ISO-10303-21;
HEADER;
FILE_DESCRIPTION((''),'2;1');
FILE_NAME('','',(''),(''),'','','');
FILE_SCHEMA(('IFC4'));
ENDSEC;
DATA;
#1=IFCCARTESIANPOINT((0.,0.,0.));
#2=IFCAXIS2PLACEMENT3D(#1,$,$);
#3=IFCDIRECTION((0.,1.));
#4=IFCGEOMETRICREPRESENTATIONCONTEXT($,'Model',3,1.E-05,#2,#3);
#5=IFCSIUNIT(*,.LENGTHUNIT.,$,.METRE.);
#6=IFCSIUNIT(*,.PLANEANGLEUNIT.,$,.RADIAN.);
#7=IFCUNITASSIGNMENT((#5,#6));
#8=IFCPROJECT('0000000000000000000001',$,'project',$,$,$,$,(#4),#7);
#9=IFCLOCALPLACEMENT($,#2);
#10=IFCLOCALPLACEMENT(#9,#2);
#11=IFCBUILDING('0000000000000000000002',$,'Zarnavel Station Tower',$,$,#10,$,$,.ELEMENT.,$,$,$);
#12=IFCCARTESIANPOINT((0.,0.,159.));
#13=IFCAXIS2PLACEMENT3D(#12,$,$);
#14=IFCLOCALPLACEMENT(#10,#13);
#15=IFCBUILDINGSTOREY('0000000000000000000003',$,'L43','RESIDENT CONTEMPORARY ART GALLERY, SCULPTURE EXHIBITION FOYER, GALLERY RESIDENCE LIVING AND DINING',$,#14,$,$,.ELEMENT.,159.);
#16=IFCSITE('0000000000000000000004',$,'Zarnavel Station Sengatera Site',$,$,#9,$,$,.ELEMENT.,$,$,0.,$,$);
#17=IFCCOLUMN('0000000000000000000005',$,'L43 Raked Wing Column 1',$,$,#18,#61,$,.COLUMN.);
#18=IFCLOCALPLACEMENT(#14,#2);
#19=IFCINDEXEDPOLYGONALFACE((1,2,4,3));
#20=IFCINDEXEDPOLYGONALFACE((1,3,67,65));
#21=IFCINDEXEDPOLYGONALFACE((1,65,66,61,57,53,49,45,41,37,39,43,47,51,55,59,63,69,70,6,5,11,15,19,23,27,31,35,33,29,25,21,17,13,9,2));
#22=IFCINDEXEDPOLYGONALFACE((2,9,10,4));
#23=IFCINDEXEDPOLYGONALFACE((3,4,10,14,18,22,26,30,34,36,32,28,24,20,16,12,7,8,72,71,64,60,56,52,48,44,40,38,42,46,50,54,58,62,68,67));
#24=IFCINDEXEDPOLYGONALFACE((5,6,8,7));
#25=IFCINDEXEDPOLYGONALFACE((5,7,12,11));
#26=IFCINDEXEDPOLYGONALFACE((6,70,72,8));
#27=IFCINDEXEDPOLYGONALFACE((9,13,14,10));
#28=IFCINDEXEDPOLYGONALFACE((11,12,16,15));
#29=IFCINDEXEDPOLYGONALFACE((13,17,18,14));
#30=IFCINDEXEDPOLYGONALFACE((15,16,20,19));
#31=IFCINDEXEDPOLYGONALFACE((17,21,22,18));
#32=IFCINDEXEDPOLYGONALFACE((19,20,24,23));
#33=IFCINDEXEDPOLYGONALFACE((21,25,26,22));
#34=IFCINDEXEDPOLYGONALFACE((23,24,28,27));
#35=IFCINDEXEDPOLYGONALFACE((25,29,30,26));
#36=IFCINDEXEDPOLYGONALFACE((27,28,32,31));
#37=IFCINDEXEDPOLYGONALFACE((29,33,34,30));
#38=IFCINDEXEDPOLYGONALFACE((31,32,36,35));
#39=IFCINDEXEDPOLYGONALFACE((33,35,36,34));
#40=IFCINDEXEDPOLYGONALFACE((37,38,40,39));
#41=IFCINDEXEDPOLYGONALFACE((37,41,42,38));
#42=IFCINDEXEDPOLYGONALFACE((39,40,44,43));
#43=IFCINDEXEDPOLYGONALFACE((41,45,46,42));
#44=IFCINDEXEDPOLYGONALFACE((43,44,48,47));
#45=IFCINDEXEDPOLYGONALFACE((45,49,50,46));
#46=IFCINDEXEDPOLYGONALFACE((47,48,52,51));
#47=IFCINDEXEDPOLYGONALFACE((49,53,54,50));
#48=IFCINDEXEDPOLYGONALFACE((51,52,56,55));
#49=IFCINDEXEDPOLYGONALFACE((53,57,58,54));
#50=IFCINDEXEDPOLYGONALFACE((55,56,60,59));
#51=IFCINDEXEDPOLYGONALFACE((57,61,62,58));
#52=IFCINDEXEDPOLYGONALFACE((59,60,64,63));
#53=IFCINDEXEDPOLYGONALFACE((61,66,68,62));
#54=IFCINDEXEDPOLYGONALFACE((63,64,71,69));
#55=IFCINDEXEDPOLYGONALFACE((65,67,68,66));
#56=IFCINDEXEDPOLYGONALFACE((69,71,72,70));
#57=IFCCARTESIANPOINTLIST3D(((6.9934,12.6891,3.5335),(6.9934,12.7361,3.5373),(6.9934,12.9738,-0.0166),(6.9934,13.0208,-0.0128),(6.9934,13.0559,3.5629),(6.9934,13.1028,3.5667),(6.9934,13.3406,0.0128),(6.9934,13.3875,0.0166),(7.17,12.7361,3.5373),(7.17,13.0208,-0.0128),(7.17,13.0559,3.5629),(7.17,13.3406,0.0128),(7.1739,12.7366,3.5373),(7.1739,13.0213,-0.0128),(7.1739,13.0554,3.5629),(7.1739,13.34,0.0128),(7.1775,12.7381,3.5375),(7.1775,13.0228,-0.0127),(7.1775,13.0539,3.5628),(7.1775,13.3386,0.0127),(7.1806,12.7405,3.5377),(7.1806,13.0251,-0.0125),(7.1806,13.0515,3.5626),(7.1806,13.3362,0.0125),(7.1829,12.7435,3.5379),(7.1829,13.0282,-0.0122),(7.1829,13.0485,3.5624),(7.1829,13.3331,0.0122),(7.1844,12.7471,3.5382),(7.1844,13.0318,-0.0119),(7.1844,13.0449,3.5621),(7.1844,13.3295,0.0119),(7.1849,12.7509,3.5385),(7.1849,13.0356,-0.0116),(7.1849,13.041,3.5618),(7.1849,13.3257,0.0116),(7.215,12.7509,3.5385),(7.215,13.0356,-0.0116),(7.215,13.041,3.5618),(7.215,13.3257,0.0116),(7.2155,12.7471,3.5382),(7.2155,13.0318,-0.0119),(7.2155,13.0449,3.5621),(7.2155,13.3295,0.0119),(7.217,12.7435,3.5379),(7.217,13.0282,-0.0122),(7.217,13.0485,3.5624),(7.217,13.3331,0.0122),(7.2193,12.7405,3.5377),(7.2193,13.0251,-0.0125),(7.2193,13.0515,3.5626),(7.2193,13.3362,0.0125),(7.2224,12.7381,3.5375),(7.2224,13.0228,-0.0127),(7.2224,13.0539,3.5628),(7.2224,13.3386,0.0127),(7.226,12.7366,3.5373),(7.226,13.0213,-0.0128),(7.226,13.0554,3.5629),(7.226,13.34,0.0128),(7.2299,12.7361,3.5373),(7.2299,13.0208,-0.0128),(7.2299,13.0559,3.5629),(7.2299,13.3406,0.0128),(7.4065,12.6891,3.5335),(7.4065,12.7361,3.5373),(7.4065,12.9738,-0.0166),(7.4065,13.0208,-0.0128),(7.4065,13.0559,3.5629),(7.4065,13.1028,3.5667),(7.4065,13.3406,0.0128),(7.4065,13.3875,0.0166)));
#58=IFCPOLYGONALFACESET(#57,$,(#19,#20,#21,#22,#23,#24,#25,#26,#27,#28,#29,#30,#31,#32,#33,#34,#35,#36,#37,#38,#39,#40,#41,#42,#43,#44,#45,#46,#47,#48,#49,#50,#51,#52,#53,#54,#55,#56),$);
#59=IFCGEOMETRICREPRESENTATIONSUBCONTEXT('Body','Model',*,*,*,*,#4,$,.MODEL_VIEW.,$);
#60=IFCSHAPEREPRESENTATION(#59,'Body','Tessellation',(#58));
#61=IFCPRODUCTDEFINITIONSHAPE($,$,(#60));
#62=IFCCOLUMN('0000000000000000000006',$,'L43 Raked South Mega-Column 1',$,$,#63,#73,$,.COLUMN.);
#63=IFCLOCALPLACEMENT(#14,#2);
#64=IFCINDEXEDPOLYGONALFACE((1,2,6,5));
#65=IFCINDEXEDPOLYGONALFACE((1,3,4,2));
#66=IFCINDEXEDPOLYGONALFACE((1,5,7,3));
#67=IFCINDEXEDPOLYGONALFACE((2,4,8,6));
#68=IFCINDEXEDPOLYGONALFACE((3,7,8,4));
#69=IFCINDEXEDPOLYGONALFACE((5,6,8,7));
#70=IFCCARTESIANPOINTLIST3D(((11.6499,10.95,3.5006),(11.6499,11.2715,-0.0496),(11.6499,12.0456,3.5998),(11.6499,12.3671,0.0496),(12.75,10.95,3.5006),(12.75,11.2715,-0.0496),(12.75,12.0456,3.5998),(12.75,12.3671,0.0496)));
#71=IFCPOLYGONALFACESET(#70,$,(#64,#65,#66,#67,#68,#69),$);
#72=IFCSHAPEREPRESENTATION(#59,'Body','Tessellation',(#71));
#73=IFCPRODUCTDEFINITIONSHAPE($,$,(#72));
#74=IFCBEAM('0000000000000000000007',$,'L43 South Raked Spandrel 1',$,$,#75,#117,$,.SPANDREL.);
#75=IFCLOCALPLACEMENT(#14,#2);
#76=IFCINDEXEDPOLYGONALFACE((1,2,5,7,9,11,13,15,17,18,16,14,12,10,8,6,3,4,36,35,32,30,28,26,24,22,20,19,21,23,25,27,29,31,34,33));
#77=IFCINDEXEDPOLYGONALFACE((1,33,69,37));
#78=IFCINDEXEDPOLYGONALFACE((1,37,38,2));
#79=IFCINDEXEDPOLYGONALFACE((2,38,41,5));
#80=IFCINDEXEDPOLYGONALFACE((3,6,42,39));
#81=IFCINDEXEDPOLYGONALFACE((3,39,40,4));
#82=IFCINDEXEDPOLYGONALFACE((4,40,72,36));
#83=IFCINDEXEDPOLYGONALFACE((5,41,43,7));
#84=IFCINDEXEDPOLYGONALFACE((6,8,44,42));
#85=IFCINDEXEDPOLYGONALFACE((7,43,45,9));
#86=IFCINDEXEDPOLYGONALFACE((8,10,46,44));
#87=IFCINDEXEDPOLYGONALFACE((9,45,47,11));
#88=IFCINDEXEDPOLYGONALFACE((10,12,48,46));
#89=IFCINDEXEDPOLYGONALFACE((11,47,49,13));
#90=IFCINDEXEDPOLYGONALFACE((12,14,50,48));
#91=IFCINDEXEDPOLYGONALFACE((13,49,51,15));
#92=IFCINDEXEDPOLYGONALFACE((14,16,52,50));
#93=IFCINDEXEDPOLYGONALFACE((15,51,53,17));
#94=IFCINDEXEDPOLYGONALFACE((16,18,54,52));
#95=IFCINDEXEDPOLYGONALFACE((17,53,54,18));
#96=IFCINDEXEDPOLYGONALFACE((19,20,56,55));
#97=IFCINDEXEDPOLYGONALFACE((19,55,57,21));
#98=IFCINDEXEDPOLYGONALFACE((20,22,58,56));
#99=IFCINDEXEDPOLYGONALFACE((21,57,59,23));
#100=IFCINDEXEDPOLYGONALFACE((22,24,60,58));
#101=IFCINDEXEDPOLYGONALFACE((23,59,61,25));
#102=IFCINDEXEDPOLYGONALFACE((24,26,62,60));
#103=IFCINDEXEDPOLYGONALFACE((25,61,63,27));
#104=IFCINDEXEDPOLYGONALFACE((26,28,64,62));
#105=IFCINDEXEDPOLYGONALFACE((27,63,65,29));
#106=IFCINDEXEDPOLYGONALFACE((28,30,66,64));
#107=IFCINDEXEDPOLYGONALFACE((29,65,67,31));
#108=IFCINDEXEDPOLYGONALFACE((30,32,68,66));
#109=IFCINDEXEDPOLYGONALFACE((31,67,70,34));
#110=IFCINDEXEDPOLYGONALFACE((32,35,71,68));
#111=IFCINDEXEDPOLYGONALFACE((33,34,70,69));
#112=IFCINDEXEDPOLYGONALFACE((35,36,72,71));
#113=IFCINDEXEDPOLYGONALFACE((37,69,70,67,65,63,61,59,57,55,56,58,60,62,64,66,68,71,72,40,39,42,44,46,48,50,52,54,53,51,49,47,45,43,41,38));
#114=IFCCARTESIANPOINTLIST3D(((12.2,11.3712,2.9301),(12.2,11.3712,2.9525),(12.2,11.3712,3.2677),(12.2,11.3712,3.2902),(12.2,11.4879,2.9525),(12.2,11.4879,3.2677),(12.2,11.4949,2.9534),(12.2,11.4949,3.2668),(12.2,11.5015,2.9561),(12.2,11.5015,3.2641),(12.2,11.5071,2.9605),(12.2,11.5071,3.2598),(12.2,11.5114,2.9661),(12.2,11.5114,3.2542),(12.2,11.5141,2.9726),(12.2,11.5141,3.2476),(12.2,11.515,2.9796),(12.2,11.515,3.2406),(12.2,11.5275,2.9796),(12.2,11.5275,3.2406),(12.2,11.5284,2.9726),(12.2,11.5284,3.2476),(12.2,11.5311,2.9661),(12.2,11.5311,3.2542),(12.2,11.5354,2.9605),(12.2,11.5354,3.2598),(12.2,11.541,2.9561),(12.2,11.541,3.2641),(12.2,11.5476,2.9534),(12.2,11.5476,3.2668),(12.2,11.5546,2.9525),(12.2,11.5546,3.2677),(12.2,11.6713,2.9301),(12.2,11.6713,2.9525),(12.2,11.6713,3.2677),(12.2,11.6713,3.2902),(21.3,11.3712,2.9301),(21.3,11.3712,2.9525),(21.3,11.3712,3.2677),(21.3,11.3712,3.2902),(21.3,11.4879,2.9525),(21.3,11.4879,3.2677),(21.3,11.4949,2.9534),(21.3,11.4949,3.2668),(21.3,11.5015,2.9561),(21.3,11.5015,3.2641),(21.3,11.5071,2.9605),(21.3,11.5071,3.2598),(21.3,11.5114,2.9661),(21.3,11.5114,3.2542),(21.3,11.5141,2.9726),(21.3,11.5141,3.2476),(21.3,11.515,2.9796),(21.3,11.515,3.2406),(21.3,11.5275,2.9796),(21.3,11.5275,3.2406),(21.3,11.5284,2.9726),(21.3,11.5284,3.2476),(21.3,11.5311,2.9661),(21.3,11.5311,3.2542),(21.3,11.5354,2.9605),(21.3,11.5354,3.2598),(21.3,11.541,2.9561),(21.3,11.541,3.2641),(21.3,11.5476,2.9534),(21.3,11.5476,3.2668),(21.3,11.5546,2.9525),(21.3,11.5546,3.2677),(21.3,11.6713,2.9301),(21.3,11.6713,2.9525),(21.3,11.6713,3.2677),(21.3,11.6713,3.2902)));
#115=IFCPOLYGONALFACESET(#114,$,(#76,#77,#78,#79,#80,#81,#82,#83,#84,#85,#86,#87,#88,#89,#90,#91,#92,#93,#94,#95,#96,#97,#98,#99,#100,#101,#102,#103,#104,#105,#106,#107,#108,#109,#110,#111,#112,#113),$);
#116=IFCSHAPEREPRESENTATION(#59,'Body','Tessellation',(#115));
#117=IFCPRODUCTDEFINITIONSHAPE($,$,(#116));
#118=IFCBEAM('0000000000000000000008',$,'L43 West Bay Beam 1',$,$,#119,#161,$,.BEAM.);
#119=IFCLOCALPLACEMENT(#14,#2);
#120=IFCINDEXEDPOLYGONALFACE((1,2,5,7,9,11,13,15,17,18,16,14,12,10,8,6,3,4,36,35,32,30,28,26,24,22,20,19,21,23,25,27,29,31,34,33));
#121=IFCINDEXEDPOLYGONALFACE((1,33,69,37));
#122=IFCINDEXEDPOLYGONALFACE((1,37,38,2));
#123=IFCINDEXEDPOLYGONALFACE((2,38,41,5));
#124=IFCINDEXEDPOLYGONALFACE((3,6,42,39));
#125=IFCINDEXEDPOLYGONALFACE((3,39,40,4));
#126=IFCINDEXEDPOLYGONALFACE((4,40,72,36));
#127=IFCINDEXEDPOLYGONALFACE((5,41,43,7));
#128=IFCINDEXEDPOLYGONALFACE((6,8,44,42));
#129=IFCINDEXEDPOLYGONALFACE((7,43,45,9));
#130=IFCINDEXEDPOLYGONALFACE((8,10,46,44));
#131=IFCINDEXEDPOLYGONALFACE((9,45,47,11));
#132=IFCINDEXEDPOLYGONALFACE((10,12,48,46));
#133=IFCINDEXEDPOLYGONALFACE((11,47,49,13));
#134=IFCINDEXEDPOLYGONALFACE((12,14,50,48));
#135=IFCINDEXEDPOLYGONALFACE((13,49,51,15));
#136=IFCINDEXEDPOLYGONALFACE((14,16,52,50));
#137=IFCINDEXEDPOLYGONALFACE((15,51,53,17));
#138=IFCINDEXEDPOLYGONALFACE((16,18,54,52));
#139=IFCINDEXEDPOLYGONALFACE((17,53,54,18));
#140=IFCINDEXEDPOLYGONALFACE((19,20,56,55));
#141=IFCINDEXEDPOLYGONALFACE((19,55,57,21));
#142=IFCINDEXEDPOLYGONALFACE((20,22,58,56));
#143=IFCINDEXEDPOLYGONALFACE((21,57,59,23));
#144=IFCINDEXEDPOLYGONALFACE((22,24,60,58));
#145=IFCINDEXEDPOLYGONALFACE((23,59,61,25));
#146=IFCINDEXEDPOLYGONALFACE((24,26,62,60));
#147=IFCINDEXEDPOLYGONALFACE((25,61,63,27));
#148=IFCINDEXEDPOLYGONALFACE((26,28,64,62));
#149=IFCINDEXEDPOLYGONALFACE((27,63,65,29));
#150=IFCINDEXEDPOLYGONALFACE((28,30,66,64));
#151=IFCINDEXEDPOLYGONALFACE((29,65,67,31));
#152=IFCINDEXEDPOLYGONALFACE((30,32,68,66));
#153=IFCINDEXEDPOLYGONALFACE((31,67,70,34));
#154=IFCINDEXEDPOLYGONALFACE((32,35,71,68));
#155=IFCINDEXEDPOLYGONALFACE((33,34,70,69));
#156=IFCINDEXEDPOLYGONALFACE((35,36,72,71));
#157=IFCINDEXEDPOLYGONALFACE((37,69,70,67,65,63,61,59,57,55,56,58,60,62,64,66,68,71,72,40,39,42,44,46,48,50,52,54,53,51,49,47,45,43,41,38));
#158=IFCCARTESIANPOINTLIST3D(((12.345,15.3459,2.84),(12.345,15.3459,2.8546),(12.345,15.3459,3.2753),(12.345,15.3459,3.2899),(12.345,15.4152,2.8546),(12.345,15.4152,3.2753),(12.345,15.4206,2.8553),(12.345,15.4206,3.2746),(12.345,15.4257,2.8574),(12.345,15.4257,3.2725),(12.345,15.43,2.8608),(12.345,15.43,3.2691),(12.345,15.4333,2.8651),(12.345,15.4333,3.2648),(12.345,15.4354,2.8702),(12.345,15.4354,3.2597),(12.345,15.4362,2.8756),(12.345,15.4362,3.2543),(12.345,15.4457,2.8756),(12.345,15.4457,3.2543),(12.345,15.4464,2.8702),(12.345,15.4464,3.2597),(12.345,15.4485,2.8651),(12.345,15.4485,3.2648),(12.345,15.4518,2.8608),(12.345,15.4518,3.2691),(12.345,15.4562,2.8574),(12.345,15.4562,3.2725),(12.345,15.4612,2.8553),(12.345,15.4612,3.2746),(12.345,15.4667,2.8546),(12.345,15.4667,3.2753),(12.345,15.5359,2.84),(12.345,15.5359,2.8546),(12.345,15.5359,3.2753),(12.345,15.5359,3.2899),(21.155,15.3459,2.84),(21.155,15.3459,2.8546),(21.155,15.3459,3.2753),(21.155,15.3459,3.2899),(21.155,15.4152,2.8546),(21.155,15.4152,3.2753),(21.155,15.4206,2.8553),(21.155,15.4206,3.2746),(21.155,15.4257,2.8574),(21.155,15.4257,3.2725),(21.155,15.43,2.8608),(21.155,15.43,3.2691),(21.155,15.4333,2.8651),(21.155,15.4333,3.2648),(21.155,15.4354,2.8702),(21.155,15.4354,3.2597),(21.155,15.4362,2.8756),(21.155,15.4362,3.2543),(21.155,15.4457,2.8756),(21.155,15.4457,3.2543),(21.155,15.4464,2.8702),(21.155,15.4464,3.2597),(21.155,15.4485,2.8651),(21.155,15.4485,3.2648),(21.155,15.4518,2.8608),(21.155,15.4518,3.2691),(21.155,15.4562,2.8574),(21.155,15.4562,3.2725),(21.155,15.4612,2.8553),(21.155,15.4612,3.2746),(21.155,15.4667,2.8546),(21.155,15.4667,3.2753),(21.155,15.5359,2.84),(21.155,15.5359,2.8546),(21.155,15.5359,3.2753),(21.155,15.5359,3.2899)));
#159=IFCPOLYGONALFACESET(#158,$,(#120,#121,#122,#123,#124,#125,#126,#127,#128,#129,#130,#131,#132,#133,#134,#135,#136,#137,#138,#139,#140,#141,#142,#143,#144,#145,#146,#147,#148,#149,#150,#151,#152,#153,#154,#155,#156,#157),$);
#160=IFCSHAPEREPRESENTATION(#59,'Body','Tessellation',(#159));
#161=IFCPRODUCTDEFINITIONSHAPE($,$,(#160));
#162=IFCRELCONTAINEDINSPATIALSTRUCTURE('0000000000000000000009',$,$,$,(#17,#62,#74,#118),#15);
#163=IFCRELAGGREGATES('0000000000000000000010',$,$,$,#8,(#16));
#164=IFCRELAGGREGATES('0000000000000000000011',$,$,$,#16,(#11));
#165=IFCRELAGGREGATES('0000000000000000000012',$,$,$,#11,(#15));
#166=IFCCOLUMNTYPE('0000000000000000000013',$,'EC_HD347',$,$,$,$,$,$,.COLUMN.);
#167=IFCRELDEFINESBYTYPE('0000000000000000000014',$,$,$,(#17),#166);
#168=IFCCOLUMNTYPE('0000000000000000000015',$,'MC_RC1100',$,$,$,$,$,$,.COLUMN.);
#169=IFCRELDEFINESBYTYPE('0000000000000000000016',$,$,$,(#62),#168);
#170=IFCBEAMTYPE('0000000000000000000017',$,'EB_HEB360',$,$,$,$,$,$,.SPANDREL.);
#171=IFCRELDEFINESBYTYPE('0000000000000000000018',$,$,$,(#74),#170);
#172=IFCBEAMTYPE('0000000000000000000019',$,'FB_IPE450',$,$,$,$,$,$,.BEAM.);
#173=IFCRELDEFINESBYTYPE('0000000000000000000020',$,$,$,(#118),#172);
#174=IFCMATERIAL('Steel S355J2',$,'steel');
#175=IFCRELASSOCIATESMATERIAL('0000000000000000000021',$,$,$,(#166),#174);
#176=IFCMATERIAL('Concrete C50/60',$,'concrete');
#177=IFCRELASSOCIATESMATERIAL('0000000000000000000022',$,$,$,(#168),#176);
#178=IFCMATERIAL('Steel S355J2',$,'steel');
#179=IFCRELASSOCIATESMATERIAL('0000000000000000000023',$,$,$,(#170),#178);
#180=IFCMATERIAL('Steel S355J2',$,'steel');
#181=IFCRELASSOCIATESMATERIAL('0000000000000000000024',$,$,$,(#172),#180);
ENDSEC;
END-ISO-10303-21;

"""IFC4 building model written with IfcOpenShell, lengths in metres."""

from ifc_helpers import new_model, si_unit, direction, frame, origin, origin_2d, place, context, subcontext, project, spatial, rectangle, i_section, extrude, material, material_profile, profile_set, type_object, element, save


model = new_model("IFC4")

# Units and contexts
model_context = context("Model", 3, precision=1e-05, world=origin(), true_north=direction((0.0, 1.0)))
body_context = subcontext(model_context, "Body", "Model", "MODEL_VIEW")
ifc_project = project(units=[si_unit("LENGTHUNIT", "METRE"), si_unit("PLANEANGLEUNIT", "RADIAN")], contexts=[model_context])

# Site, building, storey
site_placement = place(None, origin())
site = spatial("IfcSite", under=ifc_project, at=site_placement, Name="Zarnavel Station Sengatera Site", CompositionType="ELEMENT", RefElevation=0.0)
building_placement = place(site_placement, origin())
building = spatial("IfcBuilding", under=site, at=building_placement, Name="Zarnavel Station Tower", CompositionType="ELEMENT")
storey_placement = place(building_placement, frame((0.0, 0.0, 159.0)))
storey = spatial("IfcBuildingStorey", under=building, at=storey_placement, Name="L43", Description="RESIDENT CONTEMPORARY ART GALLERY, SCULPTURE EXHIBITION FOYER, GALLERY RESIDENCE LIVING AND DINING", CompositionType="ELEMENT", Elevation=159.0)

# Columns
ifc_material_1 = material(Name="Steel S355J2", Category="steel")
ifc_material_profile_1 = material_profile(ifc_material_1, i_section(OverallWidth=0.4131, OverallDepth=0.415, WebThickness=0.03, FlangeThickness=0.0471, FilletRadius=0.0149, at=origin_2d()), Name="HD400x347")
ifc_profile_set_1 = profile_set([ifc_material_profile_1], Name="Steel S355J2")
column_type_1 = type_object("IfcColumnType", Name="EC_HD347", PredefinedType="COLUMN", material=ifc_profile_set_1)
column_1_placement = place(storey_placement, frame((7.2, 13.1807, 0.0), z_axis=(0.0, -0.07993, 0.9968), x_axis=(1.0, 0.0, 0.0)))
element("IfcColumn", 1, at=column_1_placement, inside=storey, type_object=column_type_1, Name="L43 Raked Wing Column 1", PredefinedType="COLUMN", context=body_context, shape_type="SweptSolid", body=[
    extrude(i_section(OverallWidth=0.4131, OverallDepth=0.415, WebThickness=0.03, FlangeThickness=0.0471, FilletRadius=0.0149, at=origin_2d()), origin(), (0.0, 0.0, 1.0), 3.5615),
])
ifc_material_2 = material(Name="Concrete C50/60", Category="concrete")
ifc_material_profile_2 = material_profile(ifc_material_2, rectangle(XDim=1.1001, YDim=1.1001, at=origin_2d()), Name="RC1100x1100")
ifc_profile_set_2 = profile_set([ifc_material_profile_2], Name="Concrete C50/60")
column_type_2 = type_object("IfcColumnType", Name="MC_RC1100", PredefinedType="COLUMN", material=ifc_profile_set_2)
column_2_placement = place(storey_placement, frame((12.2, 11.8193, 0.0), z_axis=(0.0, -0.090202, 0.995923), x_axis=(1.0, 0.0, 0.0)))
element("IfcColumn", 2, at=column_2_placement, inside=storey, type_object=column_type_2, Name="L43 Raked South Mega-Column 1", PredefinedType="COLUMN", context=body_context, shape_type="SweptSolid", body=[
    extrude(rectangle(XDim=1.1001, YDim=1.1001, at=origin_2d()), origin(), (0.0, 0.0, 1.0), 3.5647),
])

# Beams
ifc_material_3 = material(Name="Steel S355J2", Category="steel")
ifc_material_profile_3 = material_profile(ifc_material_3, i_section(OverallWidth=0.3, OverallDepth=0.3601, WebThickness=0.0125, FlangeThickness=0.0225, FilletRadius=0.0271, at=origin_2d()), Name="HEB360")
ifc_profile_set_3 = profile_set([ifc_material_profile_3], Name="Steel S355J2")
beam_type_1 = type_object("IfcBeamType", Name="EB_HEB360", PredefinedType="SPANDREL", material=ifc_profile_set_3)
beam_1_placement = place(storey_placement, frame((12.2, 11.5212, 3.1101), z_axis=(1.0, 0.0, 0.0), x_axis=(0.0, 1.0, 0.0)))
element("IfcBeam", 3, at=beam_1_placement, inside=storey, type_object=beam_type_1, Name="L43 South Raked Spandrel 1", PredefinedType="SPANDREL", context=body_context, shape_type="SweptSolid", body=[
    extrude(i_section(OverallWidth=0.3, OverallDepth=0.3601, WebThickness=0.0125, FlangeThickness=0.0225, FilletRadius=0.0271, at=origin_2d()), origin(), (0.0, 0.0, 1.0), 9.1001),
])
ifc_material_4 = material(Name="Steel S355J2", Category="steel")
ifc_material_profile_4 = material_profile(ifc_material_4, i_section(OverallWidth=0.1899, OverallDepth=0.45, WebThickness=0.0095, FlangeThickness=0.0146, FilletRadius=0.021, at=origin_2d()), Name="IPE450")
ifc_profile_set_4 = profile_set([ifc_material_profile_4], Name="Steel S355J2")
beam_type_2 = type_object("IfcBeamType", Name="FB_IPE450", PredefinedType="BEAM", material=ifc_profile_set_4)
beam_2_placement = place(storey_placement, frame((12.345, 15.4409, 3.0649), z_axis=(1.0, 0.0, 0.0), x_axis=(0.0, 1.0, 0.0)))
element("IfcBeam", 4, at=beam_2_placement, inside=storey, type_object=beam_type_2, Name="L43 West Bay Beam 1", PredefinedType="BEAM", context=body_context, shape_type="SweptSolid", body=[
    extrude(i_section(OverallWidth=0.1899, OverallDepth=0.45, WebThickness=0.0095, FlangeThickness=0.0146, FilletRadius=0.021, at=origin_2d()), origin(), (0.0, 0.0, 1.0), 8.8101),
])

save(model, "model.ifc")
